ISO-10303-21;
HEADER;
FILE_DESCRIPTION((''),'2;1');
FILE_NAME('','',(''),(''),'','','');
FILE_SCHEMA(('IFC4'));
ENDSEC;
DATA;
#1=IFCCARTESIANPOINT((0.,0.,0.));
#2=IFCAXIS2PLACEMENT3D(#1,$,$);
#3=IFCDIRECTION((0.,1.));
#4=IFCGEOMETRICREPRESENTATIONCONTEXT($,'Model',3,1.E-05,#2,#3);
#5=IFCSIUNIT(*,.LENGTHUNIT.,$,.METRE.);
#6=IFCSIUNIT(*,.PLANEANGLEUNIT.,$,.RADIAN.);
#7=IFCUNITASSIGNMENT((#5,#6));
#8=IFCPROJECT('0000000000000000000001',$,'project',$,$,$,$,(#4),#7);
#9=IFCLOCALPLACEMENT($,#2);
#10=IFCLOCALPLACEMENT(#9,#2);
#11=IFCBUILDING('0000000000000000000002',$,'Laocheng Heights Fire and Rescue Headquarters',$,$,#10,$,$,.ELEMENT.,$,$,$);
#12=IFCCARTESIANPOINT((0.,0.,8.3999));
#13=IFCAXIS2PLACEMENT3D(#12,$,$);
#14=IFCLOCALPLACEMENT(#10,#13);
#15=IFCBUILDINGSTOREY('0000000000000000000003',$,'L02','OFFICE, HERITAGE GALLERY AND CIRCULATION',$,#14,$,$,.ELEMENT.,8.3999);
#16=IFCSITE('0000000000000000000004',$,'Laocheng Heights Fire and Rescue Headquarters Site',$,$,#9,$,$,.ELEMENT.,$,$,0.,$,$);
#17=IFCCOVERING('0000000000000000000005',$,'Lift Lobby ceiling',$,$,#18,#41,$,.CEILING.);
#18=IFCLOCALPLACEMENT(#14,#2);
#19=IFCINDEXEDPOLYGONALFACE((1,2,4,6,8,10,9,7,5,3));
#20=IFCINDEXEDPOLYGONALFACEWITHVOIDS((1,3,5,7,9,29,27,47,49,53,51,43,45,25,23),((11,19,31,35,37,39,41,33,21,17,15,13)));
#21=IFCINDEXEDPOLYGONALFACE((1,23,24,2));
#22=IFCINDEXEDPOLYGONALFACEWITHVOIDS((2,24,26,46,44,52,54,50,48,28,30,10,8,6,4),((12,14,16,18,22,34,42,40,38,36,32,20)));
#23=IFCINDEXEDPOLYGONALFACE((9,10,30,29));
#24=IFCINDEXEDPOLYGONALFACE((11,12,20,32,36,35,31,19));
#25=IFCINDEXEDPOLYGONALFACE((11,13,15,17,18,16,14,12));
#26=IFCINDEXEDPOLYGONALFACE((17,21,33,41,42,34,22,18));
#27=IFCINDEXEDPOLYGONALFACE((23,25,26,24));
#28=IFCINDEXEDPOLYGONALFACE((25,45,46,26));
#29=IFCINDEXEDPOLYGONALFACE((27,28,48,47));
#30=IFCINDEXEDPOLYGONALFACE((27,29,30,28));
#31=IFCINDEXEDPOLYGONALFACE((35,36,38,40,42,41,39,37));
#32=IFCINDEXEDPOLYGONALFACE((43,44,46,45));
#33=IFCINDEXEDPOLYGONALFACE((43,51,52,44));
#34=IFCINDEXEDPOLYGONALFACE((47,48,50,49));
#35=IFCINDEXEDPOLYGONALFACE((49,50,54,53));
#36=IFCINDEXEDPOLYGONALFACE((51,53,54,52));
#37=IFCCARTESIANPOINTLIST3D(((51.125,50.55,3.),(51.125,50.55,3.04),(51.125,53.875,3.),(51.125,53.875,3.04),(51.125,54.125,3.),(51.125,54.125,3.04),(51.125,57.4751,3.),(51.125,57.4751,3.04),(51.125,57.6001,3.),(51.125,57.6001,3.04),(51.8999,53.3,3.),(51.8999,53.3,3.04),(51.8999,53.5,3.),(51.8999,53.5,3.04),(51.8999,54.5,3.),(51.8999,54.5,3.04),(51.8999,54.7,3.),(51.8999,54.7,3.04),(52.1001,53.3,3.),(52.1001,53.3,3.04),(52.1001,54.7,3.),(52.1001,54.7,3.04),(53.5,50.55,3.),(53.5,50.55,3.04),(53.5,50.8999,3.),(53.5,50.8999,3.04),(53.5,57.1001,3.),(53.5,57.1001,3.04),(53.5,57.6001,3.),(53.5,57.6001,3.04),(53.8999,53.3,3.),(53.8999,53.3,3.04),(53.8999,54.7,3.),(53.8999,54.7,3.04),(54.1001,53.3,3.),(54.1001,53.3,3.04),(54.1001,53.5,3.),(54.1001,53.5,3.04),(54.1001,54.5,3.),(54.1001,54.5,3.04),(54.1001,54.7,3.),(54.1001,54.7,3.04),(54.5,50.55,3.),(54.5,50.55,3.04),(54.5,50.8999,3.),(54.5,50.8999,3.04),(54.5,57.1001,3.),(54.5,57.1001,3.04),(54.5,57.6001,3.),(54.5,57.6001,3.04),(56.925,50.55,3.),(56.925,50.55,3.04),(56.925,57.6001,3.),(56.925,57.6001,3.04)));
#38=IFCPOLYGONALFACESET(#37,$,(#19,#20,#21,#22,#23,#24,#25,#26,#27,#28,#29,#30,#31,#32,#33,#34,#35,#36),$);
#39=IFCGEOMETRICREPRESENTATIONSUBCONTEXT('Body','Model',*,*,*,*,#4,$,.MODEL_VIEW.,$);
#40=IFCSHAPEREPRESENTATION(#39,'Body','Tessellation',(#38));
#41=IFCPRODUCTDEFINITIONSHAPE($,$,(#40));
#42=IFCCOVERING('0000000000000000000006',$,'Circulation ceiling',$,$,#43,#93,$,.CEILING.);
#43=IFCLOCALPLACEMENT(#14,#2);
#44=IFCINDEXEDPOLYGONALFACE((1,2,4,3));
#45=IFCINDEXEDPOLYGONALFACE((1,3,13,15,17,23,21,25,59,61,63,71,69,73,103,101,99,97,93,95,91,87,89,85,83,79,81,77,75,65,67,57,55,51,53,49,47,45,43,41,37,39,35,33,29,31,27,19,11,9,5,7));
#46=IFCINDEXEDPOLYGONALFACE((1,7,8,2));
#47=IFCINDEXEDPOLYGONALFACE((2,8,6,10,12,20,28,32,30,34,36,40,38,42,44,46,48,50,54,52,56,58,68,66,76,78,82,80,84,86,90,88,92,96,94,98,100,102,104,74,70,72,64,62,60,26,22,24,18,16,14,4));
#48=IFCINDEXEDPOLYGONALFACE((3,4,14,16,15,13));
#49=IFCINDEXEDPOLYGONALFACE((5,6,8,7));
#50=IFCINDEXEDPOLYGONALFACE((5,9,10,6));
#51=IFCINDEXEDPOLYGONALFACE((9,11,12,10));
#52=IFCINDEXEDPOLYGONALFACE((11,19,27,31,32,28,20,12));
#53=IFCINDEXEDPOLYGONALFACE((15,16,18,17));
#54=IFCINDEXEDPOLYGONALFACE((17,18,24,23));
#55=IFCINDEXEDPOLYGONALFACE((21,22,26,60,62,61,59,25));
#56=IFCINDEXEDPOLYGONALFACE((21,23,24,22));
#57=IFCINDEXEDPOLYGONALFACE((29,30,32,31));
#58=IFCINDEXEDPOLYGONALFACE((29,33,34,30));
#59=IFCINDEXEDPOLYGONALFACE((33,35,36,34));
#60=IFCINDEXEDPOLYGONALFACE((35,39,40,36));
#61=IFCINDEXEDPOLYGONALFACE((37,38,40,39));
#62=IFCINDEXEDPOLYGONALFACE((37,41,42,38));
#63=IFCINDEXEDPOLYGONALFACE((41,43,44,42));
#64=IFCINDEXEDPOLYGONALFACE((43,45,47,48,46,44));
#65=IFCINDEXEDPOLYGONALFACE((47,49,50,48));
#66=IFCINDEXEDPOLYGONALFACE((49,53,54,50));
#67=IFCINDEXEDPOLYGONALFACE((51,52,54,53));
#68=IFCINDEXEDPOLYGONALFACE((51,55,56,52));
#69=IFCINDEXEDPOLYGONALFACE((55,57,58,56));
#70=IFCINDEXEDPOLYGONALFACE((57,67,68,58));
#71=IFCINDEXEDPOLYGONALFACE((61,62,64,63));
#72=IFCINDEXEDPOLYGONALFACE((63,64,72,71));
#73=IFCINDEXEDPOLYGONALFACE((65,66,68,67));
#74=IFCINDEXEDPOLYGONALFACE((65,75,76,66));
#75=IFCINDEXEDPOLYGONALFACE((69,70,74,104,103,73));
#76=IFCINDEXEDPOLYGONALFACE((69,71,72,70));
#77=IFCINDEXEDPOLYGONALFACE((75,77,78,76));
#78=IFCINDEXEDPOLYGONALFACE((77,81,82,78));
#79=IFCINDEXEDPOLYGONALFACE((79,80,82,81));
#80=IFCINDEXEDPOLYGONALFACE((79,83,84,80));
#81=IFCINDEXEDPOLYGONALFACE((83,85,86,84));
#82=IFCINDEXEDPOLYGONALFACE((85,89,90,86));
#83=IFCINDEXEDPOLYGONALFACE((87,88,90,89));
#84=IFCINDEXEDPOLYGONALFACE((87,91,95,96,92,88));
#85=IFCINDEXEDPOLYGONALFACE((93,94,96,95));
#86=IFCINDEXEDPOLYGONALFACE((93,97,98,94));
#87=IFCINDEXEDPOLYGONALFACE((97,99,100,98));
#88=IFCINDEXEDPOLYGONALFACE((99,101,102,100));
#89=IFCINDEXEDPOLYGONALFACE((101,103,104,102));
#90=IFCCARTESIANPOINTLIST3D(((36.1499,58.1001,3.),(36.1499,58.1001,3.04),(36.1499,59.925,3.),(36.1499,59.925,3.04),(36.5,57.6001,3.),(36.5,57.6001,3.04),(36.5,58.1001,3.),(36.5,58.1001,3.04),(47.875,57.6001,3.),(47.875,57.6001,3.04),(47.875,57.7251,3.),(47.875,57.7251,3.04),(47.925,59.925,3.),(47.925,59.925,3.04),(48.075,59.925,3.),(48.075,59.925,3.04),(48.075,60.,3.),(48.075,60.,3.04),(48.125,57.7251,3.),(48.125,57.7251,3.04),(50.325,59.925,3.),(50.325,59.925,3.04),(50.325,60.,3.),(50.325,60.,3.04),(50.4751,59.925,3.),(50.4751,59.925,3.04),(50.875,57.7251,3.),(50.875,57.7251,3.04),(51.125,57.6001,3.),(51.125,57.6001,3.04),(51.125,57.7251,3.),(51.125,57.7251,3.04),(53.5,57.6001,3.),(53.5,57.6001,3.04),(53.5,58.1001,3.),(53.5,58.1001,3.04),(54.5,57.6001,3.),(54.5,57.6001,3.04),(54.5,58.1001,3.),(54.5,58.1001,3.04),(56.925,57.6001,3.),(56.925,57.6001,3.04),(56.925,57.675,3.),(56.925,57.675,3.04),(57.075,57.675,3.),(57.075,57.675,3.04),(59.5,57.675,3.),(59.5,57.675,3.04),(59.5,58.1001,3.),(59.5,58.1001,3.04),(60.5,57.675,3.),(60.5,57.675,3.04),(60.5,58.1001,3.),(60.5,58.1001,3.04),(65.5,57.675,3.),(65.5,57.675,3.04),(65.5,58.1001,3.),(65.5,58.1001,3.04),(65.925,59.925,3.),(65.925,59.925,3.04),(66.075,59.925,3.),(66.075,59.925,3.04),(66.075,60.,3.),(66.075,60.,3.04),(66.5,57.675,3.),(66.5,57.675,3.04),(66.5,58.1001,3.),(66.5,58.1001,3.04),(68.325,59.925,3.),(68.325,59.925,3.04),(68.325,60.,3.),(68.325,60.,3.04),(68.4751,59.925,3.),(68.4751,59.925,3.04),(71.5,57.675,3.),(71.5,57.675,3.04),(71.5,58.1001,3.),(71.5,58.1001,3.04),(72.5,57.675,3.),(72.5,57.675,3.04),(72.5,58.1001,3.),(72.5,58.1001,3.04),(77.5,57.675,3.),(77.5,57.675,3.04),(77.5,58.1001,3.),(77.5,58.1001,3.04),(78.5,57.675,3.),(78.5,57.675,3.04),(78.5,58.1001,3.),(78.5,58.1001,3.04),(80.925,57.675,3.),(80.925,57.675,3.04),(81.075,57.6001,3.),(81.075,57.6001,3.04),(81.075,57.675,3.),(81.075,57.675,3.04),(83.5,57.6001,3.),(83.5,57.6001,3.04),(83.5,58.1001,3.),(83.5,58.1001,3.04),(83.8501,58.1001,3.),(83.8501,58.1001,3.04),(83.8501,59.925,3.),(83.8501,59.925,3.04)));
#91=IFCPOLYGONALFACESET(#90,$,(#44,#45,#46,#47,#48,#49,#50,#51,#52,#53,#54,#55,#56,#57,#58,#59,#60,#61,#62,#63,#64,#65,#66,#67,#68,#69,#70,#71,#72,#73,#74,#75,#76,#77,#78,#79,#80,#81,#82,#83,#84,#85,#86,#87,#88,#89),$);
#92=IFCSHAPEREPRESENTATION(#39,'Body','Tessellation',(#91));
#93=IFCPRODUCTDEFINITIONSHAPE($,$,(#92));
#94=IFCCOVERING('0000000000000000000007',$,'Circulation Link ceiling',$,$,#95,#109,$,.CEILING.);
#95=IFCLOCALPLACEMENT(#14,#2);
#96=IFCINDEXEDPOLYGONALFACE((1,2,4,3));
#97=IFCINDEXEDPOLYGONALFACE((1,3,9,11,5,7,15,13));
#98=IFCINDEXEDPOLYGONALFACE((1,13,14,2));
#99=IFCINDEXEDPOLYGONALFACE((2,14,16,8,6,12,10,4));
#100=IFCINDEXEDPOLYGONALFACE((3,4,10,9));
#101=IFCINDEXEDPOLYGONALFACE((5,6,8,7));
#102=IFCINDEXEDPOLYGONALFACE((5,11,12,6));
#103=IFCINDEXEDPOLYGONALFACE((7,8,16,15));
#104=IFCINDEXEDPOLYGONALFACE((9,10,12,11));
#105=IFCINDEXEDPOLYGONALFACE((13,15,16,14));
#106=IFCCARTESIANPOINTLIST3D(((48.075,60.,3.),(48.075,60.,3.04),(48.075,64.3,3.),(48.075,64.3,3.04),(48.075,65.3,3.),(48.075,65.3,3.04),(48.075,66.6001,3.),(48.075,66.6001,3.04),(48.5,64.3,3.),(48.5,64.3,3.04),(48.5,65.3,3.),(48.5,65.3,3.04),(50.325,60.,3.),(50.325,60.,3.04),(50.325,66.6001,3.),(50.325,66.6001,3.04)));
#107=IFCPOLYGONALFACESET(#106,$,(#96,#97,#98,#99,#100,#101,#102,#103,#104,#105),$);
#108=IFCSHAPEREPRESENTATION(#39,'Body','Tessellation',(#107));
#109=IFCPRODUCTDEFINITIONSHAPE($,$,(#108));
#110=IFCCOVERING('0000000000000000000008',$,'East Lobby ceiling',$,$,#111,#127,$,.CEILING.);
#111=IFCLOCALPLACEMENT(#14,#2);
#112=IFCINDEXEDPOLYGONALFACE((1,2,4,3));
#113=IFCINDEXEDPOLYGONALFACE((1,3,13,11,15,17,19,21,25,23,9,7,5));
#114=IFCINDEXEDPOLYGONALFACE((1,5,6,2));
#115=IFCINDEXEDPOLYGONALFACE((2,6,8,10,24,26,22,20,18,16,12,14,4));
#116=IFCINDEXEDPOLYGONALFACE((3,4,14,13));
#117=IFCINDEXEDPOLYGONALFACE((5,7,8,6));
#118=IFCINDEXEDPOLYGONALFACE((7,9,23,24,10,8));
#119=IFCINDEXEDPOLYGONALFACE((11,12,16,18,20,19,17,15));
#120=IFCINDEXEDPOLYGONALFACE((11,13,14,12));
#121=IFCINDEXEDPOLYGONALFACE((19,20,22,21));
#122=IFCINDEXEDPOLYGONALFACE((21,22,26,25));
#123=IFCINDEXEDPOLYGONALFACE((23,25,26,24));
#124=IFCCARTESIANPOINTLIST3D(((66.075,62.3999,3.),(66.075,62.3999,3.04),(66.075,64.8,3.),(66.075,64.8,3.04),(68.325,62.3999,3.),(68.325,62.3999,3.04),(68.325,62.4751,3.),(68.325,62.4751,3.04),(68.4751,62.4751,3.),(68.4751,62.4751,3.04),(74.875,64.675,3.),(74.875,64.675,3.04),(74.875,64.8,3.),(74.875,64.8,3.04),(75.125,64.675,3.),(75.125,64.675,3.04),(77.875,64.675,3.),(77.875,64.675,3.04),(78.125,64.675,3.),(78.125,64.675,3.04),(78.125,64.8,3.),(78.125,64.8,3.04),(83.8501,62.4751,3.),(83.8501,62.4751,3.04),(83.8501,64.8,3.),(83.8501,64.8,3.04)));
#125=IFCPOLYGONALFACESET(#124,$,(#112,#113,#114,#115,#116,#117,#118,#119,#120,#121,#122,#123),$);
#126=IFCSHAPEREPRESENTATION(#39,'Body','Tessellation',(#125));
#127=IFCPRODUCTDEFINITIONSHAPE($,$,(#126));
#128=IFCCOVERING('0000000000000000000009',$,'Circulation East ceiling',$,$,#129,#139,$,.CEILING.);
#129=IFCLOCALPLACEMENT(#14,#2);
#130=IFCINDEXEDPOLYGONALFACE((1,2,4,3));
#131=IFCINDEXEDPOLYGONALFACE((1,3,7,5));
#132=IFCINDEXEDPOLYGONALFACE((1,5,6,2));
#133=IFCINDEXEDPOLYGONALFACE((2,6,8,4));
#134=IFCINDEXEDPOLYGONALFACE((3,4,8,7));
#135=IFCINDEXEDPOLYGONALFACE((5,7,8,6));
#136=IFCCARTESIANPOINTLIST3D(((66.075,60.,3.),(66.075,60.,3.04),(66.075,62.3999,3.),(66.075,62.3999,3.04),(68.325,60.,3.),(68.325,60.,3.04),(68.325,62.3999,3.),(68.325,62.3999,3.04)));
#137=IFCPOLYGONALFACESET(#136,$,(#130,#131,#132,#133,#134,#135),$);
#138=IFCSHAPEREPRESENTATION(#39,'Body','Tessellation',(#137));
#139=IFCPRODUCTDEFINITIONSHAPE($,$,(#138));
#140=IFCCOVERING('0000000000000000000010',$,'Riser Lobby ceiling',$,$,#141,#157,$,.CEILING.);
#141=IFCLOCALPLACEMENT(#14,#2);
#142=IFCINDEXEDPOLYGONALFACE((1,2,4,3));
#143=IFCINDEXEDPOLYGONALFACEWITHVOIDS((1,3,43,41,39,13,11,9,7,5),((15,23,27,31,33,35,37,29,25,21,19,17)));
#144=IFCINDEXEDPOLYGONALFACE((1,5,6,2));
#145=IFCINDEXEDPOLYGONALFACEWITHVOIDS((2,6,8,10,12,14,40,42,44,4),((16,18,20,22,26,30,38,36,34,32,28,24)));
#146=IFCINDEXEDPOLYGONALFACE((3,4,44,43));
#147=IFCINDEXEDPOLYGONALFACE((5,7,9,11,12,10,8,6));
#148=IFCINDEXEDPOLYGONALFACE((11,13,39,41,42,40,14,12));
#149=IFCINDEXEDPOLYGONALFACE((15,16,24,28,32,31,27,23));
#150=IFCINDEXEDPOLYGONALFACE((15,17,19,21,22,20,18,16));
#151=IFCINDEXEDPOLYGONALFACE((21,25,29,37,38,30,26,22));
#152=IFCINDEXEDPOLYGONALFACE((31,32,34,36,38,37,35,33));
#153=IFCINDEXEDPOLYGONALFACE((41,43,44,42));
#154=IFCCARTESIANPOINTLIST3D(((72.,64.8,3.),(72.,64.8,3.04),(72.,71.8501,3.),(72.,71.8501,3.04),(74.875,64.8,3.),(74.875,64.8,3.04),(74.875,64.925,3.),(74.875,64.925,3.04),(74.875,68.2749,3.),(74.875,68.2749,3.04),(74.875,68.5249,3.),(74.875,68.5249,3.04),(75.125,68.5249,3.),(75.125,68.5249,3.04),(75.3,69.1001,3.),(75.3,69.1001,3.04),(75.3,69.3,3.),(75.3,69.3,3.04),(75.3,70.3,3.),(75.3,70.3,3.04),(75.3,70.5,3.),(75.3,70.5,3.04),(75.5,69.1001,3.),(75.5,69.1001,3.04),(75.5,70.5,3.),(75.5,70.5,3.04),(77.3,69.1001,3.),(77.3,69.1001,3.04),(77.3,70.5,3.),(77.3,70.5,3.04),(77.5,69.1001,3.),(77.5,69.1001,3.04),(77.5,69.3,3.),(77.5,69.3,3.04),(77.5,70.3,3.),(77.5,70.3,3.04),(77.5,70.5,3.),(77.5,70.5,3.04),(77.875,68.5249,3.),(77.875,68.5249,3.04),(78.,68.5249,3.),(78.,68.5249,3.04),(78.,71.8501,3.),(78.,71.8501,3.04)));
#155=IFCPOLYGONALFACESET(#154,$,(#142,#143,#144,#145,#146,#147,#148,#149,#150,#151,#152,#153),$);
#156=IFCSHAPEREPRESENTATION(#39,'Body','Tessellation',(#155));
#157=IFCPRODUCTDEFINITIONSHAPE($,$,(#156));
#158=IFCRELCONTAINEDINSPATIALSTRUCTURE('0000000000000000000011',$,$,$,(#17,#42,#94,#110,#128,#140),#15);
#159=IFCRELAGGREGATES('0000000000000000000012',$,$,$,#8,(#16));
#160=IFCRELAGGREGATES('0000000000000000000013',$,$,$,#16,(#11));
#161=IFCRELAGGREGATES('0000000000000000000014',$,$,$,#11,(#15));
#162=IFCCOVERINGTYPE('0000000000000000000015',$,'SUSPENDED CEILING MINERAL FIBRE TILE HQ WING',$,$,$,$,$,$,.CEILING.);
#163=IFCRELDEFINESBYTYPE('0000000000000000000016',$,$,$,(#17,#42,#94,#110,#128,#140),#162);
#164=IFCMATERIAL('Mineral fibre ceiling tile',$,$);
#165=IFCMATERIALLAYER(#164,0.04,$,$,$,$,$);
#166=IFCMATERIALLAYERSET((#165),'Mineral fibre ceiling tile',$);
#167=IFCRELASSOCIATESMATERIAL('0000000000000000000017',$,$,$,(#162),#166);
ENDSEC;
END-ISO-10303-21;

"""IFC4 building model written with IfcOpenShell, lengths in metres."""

from ifc_helpers import new_model, si_unit, direction, frame, origin, place, context, subcontext, project, spatial, polyline, outline, extrude, material, layer, layer_set, type_object, element, save


model = new_model("IFC4")

# Units and contexts
model_context = context("Model", 3, precision=1e-05, world=origin(), true_north=direction((0.0, 1.0)))
body_context = subcontext(model_context, "Body", "Model", "MODEL_VIEW")
ifc_project = project(units=[si_unit("LENGTHUNIT", "METRE"), si_unit("PLANEANGLEUNIT", "RADIAN")], contexts=[model_context])

# Site, building, storey
site_placement = place(None, origin())
site = spatial("IfcSite", under=ifc_project, at=site_placement, Name="Laocheng Heights Fire and Rescue Headquarters Site", CompositionType="ELEMENT", RefElevation=0.0)
building_placement = place(site_placement, origin())
building = spatial("IfcBuilding", under=site, at=building_placement, Name="Laocheng Heights Fire and Rescue Headquarters", CompositionType="ELEMENT")
storey_placement = place(building_placement, frame((0.0, 0.0, 8.3999)))
storey = spatial("IfcBuildingStorey", under=building, at=storey_placement, Name="L02", Description="OFFICE, HERITAGE GALLERY AND CIRCULATION", CompositionType="ELEMENT", Elevation=8.3999)

# Coverings
ifc_material_1 = material(Name="Mineral fibre ceiling tile")
ifc_layer_1 = layer(ifc_material_1, 0.04)
ifc_layer_set_1 = layer_set([ifc_layer_1], Name="Mineral fibre ceiling tile")
covering_type_1 = type_object("IfcCoveringType", Name="SUSPENDED CEILING MINERAL FIBRE TILE HQ WING", PredefinedType="CEILING", material=ifc_layer_set_1)
covering_1_placement = place(storey_placement, frame((0.0, 0.0, 3.0)))
element("IfcCovering", 1, at=covering_1_placement, inside=storey, type_object=covering_type_1, Name="Lift Lobby ceiling", PredefinedType="CEILING", context=body_context, shape_type="SweptSolid", body=[
    extrude(outline(polyline([(56.925, 50.55), (54.5, 50.55), (54.5, 50.8999), (53.5, 50.8999), (53.5, 50.55), (51.125, 50.55), (51.125, 53.875), (51.125, 54.125), (51.125, 57.4751), (51.125, 57.6001), (53.5, 57.6001), (53.5, 57.1001), (54.5, 57.1001), (54.5, 57.6001), (56.925, 57.6001), (56.925, 50.55)]), holes=[polyline([(52.1001, 53.3), (53.8999, 53.3), (54.1001, 53.3), (54.1001, 53.5), (54.1001, 54.5), (54.1001, 54.7), (53.8999, 54.7), (52.1001, 54.7), (51.8999, 54.7), (51.8999, 54.5), (51.8999, 53.5), (51.8999, 53.3), (52.1001, 53.3)])]), origin(), (0.0, 0.0, 1.0), 0.04),
])
covering_2_placement = place(storey_placement, frame((0.0, 0.0, 3.0)))
element("IfcCovering", 2, at=covering_2_placement, inside=storey, type_object=covering_type_1, Name="Circulation ceiling", PredefinedType="CEILING", context=body_context, shape_type="SweptSolid", body=[
    extrude(outline(polyline([(68.325, 59.925), (68.4751, 59.925), (83.8501, 59.925), (83.8501, 58.1001), (83.5, 58.1001), (83.5, 57.6001), (81.075, 57.6001), (81.075, 57.675), (80.925, 57.675), (78.5, 57.675), (78.5, 58.1001), (77.5, 58.1001), (77.5, 57.675), (72.5, 57.675), (72.5, 58.1001), (71.5, 58.1001), (71.5, 57.675), (66.5, 57.675), (66.5, 58.1001), (65.5, 58.1001), (65.5, 57.675), (60.5, 57.675), (60.5, 58.1001), (59.5, 58.1001), (59.5, 57.675), (57.075, 57.675), (56.925, 57.675), (56.925, 57.6001), (54.5, 57.6001), (54.5, 58.1001), (53.5, 58.1001), (53.5, 57.6001), (51.125, 57.6001), (51.125, 57.7251), (50.875, 57.7251), (48.125, 57.7251), (47.875, 57.7251), (47.875, 57.6001), (36.5, 57.6001), (36.5, 58.1001), (36.1499, 58.1001), (36.1499, 59.925), (47.925, 59.925), (48.075, 59.925), (48.075, 60.0), (50.325, 60.0), (50.325, 59.925), (50.4751, 59.925), (65.925, 59.925), (66.075, 59.925), (66.075, 60.0), (68.325, 60.0), (68.325, 59.925)])), origin(), (0.0, 0.0, 1.0), 0.04),
])
covering_3_placement = place(storey_placement, frame((0.0, 0.0, 3.0)))
element("IfcCovering", 3, at=covering_3_placement, inside=storey, type_object=covering_type_1, Name="Circulation Link ceiling", PredefinedType="CEILING", context=body_context, shape_type="SweptSolid", body=[
    extrude(outline(polyline([(50.325, 60.0), (48.075, 60.0), (48.075, 64.3), (48.5, 64.3), (48.5, 65.3), (48.075, 65.3), (48.075, 66.6001), (50.325, 66.6001), (50.325, 60.0)])), origin(), (0.0, 0.0, 1.0), 0.04),
])
covering_4_placement = place(storey_placement, frame((0.0, 0.0, 3.0)))
element("IfcCovering", 4, at=covering_4_placement, inside=storey, type_object=covering_type_1, Name="East Lobby ceiling", PredefinedType="CEILING", context=body_context, shape_type="SweptSolid", body=[
    extrude(outline(polyline([(83.8501, 62.4751), (68.4751, 62.4751), (68.325, 62.4751), (68.325, 62.3999), (66.075, 62.3999), (66.075, 64.8), (74.875, 64.8), (74.875, 64.675), (75.125, 64.675), (77.875, 64.675), (78.125, 64.675), (78.125, 64.8), (83.8501, 64.8), (83.8501, 62.4751)])), origin(), (0.0, 0.0, 1.0), 0.04),
])
covering_5_placement = place(storey_placement, frame((0.0, 0.0, 3.0)))
element("IfcCovering", 5, at=covering_5_placement, inside=storey, type_object=covering_type_1, Name="Circulation East ceiling", PredefinedType="CEILING", context=body_context, shape_type="SweptSolid", body=[
    extrude(outline(polyline([(68.325, 60.0), (66.075, 60.0), (66.075, 62.3999), (68.325, 62.3999), (68.325, 60.0)])), origin(), (0.0, 0.0, 1.0), 0.04),
])
covering_6_placement = place(storey_placement, frame((0.0, 0.0, 3.0)))
element("IfcCovering", 6, at=covering_6_placement, inside=storey, type_object=covering_type_1, Name="Riser Lobby ceiling", PredefinedType="CEILING", context=body_context, shape_type="SweptSolid", body=[
    extrude(outline(polyline([(72.0, 71.8501), (78.0, 71.8501), (78.0, 68.5249), (77.875, 68.5249), (75.125, 68.5249), (74.875, 68.5249), (74.875, 68.2749), (74.875, 64.925), (74.875, 64.8), (72.0, 64.8), (72.0, 71.8501)]), holes=[polyline([(75.3, 69.1001), (75.5, 69.1001), (77.3, 69.1001), (77.5, 69.1001), (77.5, 69.3), (77.5, 70.3), (77.5, 70.5), (77.3, 70.5), (75.5, 70.5), (75.3, 70.5), (75.3, 70.3), (75.3, 69.3), (75.3, 69.1001)])]), origin(), (0.0, 0.0, 1.0), 0.04),
])

save(model, "model.ifc")
